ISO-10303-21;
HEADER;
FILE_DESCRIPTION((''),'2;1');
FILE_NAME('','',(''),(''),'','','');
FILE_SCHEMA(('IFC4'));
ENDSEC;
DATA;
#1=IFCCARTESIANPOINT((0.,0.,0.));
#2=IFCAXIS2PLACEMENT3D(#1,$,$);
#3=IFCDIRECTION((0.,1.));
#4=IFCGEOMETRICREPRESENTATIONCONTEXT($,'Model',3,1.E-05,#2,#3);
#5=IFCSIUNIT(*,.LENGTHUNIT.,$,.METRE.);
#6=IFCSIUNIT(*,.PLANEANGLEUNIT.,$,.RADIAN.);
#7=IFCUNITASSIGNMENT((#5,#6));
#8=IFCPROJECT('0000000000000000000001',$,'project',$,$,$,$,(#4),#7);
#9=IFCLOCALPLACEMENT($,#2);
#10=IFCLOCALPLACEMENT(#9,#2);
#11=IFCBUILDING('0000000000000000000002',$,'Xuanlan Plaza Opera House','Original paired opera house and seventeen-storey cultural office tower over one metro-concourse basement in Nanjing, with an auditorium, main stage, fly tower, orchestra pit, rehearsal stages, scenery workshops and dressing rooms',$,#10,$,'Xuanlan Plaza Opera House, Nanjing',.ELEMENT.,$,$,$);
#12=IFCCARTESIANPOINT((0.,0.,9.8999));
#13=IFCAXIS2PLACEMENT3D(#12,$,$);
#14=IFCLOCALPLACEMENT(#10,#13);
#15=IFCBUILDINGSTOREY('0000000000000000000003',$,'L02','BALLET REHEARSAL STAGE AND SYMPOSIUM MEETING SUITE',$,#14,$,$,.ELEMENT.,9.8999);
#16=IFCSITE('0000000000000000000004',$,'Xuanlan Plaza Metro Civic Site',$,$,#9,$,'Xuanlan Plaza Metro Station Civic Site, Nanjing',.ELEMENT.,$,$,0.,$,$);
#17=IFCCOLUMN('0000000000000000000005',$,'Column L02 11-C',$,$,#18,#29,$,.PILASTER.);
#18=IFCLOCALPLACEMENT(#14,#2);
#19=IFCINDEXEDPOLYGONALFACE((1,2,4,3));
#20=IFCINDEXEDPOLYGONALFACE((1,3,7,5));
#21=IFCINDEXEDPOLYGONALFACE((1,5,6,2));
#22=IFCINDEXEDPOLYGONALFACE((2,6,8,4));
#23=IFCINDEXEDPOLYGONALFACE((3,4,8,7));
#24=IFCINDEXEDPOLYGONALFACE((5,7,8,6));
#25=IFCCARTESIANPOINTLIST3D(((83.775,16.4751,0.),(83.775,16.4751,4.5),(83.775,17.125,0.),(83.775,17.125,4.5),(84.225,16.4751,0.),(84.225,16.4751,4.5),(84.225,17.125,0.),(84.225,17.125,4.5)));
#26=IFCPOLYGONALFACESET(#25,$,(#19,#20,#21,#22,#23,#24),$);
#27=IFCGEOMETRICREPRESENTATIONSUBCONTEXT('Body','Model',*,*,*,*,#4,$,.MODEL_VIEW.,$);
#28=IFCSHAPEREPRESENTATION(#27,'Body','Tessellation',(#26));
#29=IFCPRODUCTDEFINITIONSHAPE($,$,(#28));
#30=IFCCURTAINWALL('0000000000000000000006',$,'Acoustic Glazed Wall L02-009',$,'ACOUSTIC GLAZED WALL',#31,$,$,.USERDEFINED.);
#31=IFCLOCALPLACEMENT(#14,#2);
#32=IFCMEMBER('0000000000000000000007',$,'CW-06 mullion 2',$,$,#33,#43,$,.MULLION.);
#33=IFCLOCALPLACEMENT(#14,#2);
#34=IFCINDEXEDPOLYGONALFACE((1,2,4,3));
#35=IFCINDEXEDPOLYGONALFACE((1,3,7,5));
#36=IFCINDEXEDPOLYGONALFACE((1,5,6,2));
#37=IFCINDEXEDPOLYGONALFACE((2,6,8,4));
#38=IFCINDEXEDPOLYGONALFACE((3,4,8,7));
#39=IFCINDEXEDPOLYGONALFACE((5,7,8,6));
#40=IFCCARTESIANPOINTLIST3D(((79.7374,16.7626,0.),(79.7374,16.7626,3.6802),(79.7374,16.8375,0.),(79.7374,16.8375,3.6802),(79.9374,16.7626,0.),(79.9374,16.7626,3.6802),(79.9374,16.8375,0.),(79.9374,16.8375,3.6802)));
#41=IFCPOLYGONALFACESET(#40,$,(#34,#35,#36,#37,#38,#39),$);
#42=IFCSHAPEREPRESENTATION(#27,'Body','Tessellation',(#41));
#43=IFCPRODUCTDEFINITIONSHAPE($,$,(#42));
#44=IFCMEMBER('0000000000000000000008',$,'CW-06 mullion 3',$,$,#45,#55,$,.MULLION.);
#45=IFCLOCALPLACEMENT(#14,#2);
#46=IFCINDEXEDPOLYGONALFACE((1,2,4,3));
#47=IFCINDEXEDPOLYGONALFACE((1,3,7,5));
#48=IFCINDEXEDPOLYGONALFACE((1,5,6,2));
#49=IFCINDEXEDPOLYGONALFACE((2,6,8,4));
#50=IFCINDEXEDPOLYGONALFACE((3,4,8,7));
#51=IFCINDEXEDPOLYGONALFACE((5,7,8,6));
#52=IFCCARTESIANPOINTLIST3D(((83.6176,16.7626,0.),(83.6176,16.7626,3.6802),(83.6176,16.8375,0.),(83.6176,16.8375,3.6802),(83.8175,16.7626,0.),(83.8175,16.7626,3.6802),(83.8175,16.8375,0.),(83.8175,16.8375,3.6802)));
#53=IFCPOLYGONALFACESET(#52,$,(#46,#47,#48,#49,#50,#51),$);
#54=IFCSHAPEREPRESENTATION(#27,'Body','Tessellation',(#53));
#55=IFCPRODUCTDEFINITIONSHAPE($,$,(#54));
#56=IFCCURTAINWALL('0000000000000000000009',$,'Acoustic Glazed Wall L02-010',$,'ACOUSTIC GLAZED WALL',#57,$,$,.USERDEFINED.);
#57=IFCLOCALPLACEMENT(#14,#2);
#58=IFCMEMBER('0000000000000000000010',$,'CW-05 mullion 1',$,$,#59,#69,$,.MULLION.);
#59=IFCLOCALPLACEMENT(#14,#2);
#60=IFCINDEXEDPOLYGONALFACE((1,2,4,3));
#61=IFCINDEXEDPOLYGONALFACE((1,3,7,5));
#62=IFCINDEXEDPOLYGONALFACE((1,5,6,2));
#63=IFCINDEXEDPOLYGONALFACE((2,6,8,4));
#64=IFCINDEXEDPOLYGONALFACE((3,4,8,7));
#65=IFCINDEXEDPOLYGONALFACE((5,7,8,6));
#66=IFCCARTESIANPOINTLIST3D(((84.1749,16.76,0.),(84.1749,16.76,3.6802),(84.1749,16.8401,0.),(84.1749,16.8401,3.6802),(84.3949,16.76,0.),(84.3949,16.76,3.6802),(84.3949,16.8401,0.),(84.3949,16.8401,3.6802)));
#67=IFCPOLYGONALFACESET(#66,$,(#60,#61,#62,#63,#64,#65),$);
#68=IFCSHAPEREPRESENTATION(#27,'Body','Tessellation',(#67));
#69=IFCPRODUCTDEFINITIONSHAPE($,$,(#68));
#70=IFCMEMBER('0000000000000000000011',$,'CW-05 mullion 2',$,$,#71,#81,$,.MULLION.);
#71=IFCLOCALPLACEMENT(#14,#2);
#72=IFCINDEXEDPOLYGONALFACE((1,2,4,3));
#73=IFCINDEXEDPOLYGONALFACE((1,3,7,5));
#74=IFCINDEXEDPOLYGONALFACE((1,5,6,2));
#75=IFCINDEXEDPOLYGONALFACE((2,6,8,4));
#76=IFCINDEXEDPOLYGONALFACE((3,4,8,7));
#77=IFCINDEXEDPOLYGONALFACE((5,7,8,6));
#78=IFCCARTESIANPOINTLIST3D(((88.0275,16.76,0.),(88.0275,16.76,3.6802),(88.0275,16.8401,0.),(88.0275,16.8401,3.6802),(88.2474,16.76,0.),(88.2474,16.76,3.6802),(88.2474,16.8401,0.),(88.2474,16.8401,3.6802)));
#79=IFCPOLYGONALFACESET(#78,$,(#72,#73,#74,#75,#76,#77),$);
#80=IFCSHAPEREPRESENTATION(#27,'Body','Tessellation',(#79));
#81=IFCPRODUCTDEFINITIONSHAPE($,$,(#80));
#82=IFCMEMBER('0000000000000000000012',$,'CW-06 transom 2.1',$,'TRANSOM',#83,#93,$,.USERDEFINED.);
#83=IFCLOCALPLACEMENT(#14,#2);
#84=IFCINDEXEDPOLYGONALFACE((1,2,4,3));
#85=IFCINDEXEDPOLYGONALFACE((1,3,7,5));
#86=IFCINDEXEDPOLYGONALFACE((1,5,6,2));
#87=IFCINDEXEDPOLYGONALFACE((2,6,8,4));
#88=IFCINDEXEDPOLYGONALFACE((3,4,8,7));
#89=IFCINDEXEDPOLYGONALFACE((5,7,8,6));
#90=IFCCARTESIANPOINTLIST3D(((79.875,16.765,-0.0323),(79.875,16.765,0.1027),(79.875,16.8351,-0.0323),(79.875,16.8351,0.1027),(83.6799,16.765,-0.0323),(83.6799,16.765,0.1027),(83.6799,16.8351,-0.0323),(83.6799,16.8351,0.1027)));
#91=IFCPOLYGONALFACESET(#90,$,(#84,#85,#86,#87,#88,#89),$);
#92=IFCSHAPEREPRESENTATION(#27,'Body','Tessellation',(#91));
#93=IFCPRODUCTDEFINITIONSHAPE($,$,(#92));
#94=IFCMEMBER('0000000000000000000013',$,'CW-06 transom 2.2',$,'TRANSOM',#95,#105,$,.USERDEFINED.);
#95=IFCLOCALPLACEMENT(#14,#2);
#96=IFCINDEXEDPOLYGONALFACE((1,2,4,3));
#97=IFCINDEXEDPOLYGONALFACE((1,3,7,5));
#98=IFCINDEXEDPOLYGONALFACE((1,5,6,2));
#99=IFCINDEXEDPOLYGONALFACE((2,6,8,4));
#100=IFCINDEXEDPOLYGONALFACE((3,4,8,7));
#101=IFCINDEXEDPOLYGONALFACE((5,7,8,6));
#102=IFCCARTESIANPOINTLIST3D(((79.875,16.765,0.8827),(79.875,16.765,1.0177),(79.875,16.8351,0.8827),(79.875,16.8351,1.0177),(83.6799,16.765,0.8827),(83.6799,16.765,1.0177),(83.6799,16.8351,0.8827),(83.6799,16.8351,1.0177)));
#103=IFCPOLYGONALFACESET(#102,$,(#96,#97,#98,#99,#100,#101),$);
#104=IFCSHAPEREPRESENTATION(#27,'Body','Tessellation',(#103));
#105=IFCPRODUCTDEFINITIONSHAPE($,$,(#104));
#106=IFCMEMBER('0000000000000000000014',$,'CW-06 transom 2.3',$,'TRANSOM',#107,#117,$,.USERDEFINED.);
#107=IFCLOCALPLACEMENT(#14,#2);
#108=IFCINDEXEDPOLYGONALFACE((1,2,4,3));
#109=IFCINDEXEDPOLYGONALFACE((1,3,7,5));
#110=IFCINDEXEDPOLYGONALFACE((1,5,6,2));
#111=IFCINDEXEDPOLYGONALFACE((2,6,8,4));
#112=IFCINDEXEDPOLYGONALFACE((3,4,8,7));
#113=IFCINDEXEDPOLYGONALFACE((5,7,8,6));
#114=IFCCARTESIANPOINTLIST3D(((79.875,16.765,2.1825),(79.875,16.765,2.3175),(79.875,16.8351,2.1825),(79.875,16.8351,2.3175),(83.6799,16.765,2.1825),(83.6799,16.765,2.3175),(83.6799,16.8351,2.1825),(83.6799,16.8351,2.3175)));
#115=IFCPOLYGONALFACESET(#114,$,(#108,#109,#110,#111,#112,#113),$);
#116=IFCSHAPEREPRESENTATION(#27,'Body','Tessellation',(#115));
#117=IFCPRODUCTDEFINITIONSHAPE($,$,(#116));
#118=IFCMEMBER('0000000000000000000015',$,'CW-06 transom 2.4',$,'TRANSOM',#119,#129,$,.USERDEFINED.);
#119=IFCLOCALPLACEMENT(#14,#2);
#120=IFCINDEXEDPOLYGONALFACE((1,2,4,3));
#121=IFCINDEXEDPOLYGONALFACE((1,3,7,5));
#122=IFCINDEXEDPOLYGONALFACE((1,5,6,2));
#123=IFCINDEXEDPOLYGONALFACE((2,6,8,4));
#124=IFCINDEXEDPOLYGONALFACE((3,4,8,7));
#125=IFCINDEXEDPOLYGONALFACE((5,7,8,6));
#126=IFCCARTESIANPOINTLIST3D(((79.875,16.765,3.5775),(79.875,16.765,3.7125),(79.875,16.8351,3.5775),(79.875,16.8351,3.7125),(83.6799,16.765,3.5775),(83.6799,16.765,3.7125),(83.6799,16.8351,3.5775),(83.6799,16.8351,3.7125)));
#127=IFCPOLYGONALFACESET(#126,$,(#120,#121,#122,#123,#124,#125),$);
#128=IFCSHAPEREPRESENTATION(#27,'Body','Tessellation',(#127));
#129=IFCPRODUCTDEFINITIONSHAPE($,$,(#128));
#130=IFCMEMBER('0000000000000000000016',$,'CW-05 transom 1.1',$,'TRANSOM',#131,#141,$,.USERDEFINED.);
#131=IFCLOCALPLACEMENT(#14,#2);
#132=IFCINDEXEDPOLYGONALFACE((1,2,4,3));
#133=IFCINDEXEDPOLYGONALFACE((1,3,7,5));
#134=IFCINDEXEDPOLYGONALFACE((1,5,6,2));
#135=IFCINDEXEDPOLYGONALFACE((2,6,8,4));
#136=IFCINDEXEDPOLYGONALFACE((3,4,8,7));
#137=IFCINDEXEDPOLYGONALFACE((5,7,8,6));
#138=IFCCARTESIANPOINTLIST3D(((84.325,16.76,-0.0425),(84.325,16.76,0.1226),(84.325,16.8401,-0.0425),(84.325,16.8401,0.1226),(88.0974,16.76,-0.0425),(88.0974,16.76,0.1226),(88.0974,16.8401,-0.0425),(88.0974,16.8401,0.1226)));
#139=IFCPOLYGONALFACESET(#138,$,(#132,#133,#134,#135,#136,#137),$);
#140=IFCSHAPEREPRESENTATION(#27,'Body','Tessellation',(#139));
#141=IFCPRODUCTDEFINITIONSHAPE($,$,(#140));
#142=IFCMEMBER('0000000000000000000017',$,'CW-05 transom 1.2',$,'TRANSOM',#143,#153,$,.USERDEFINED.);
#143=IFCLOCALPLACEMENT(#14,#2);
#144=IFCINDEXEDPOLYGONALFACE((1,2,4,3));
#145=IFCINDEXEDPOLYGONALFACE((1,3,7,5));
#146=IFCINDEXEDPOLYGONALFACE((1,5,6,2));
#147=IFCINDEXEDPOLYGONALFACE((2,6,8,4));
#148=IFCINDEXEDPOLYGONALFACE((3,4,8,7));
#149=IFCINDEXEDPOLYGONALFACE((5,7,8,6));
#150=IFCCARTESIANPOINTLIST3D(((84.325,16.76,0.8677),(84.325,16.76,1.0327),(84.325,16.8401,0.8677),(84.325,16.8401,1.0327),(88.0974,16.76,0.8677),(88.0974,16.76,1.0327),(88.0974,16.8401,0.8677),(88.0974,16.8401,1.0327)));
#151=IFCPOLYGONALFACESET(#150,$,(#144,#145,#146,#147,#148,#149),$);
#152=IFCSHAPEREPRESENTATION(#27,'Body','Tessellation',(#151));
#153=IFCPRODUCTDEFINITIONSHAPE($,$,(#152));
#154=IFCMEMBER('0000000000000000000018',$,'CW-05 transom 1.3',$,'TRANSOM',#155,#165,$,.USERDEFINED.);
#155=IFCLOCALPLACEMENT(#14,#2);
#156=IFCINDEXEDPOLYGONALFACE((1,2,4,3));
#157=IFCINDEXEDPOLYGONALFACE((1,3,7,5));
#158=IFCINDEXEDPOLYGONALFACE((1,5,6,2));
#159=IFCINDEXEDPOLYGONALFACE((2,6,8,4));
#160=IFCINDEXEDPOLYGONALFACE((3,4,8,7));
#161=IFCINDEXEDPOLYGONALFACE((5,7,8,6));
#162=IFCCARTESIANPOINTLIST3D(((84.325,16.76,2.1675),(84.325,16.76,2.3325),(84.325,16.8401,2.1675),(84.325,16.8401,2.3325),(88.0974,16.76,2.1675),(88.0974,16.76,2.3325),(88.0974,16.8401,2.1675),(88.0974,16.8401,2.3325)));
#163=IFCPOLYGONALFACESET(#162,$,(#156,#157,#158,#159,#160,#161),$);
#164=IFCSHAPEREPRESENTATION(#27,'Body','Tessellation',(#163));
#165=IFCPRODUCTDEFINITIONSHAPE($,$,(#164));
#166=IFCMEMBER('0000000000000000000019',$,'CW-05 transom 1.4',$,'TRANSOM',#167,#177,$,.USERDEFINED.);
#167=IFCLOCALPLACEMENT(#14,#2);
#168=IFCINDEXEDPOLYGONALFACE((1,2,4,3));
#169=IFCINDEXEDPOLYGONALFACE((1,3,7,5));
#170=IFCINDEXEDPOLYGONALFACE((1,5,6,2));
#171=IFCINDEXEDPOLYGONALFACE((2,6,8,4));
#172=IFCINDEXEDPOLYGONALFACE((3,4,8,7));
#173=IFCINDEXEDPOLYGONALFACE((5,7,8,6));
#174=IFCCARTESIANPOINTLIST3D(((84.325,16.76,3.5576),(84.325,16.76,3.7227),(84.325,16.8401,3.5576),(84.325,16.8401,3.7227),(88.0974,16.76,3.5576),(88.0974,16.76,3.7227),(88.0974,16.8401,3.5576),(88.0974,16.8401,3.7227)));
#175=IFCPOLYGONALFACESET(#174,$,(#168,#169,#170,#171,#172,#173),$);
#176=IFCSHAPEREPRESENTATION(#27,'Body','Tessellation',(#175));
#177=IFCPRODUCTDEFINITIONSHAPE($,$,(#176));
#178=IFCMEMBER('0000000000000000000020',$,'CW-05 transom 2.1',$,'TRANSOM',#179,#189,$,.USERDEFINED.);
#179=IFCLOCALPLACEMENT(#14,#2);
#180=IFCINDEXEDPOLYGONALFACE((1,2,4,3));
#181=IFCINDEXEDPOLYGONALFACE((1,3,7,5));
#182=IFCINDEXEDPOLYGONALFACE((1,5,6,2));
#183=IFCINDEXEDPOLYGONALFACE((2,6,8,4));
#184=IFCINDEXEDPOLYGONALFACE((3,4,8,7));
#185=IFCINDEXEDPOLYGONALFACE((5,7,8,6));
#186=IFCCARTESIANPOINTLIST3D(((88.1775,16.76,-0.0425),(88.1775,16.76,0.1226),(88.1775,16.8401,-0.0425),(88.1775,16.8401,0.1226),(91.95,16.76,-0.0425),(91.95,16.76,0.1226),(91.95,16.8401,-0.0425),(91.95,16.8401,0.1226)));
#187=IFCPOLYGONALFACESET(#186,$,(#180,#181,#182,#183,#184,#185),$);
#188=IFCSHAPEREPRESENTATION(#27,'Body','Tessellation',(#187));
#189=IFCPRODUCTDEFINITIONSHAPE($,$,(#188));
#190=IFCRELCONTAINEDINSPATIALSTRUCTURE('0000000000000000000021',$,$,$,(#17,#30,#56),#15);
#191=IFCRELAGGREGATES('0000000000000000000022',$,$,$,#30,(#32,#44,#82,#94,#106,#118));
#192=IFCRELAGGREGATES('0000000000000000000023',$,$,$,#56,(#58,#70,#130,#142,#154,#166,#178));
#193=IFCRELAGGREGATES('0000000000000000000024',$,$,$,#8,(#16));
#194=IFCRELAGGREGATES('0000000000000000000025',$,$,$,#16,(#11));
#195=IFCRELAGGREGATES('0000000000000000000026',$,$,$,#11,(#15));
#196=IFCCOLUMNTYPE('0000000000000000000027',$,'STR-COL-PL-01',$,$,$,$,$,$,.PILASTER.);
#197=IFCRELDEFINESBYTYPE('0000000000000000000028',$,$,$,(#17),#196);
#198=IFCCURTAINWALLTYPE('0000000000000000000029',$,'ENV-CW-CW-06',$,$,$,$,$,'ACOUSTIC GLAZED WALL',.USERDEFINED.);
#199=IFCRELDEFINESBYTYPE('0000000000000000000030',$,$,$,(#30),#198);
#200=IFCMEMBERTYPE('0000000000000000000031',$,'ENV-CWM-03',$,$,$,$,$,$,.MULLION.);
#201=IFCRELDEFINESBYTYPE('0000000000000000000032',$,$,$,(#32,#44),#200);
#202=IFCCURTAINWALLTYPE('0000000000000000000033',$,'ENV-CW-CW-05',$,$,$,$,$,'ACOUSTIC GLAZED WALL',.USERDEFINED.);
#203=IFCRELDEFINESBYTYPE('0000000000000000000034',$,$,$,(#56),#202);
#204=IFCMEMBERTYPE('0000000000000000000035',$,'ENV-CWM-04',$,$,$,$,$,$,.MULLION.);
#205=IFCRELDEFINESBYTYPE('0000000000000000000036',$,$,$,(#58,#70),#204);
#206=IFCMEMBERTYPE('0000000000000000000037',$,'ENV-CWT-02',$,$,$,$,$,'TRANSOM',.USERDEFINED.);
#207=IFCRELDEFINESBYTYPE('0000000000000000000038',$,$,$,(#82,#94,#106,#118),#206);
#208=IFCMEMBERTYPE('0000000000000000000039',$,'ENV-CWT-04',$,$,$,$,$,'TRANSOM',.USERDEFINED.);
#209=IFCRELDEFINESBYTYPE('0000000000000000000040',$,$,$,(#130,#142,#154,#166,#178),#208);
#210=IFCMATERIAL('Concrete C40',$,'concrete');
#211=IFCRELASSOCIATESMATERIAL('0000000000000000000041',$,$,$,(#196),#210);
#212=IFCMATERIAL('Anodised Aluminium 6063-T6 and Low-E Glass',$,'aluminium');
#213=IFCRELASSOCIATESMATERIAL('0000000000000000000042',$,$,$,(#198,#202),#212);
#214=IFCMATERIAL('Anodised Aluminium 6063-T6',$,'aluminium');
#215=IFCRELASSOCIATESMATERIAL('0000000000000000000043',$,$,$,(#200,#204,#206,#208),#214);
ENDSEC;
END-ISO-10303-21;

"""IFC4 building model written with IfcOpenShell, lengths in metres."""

from ifc_helpers import new_model, si_unit, direction, frame, origin, origin_2d, place, context, subcontext, project, spatial, rectangle, extrude, material, material_profile, profile_set, type_object, element, aggregate, save


model = new_model("IFC4")

# Units and contexts
model_context = context("Model", 3, precision=1e-05, world=origin(), true_north=direction((0.0, 1.0)))
body_context = subcontext(model_context, "Body", "Model", "MODEL_VIEW")
ifc_project = project(units=[si_unit("LENGTHUNIT", "METRE"), si_unit("PLANEANGLEUNIT", "RADIAN")], contexts=[model_context])

# Site, building, storey
site_placement = place(None, origin())
site = spatial("IfcSite", under=ifc_project, at=site_placement, Name="Xuanlan Plaza Metro Civic Site", LongName="Xuanlan Plaza Metro Station Civic Site, Nanjing", CompositionType="ELEMENT", RefElevation=0.0)
building_placement = place(site_placement, origin())
building = spatial("IfcBuilding", under=site, at=building_placement, Name="Xuanlan Plaza Opera House", Description="Original paired opera house and seventeen-storey cultural office tower over one metro-concourse basement in Nanjing, with an auditorium, main stage, fly tower, orchestra pit, rehearsal stages, scenery workshops and dressing rooms", LongName="Xuanlan Plaza Opera House, Nanjing", CompositionType="ELEMENT")
storey_placement = place(building_placement, frame((0.0, 0.0, 9.8999)))
storey = spatial("IfcBuildingStorey", under=building, at=storey_placement, Name="L02", Description="BALLET REHEARSAL STAGE AND SYMPOSIUM MEETING SUITE", CompositionType="ELEMENT", Elevation=9.8999)

# Column
ifc_material_1 = material(Name="Concrete C40", Category="concrete")
ifc_material_profile_1 = material_profile(ifc_material_1, rectangle(XDim=0.45, YDim=0.6499, at=origin_2d()), Name="RC-PIL 450x650")
ifc_profile_set_1 = profile_set([ifc_material_profile_1], Name="Concrete C40")
column_type = type_object("IfcColumnType", Name="STR-COL-PL-01", PredefinedType="PILASTER", material=ifc_profile_set_1)
column_placement = place(storey_placement, frame((84.0, 16.8, 0.0), z_axis=(0.0, 0.0, 1.0), x_axis=(1.0, 0.0, 0.0)))
element("IfcColumn", 1, at=column_placement, inside=storey, type_object=column_type, Name="Column L02 11-C", PredefinedType="PILASTER", context=body_context, shape_type="SweptSolid", body=[
    extrude(rectangle(XDim=0.45, YDim=0.6499, at=origin_2d()), origin(), (0.0, 0.0, 1.0), 4.5),
])

# Curtain walls, members
ifc_material_2 = material(Name="Anodised Aluminium 6063-T6 and Low-E Glass", Category="aluminium")
curtain_wall_type_1 = type_object("IfcCurtainWallType", Name="ENV-CW-CW-06", ElementType="ACOUSTIC GLAZED WALL", PredefinedType="USERDEFINED", material=ifc_material_2)
curtain_wall_1_placement = place(storey_placement, origin())
curtain_wall_1 = element("IfcCurtainWall", 2, at=curtain_wall_1_placement, inside=storey, type_object=curtain_wall_type_1, Name="Acoustic Glazed Wall L02-009", ObjectType="ACOUSTIC GLAZED WALL", PredefinedType="USERDEFINED")
ifc_material_3 = material(Name="Anodised Aluminium 6063-T6", Category="aluminium")
ifc_material_profile_2 = material_profile(ifc_material_3, rectangle(XDim=0.075, YDim=0.2, at=origin_2d()), Name="ALU-M 75x200")
ifc_profile_set_2 = profile_set([ifc_material_profile_2], Name="Anodised Aluminium 6063-T6")
member_type_1 = type_object("IfcMemberType", Name="ENV-CWM-03", PredefinedType="MULLION", material=ifc_profile_set_2)
member_1_placement = place(storey_placement, frame((79.8374, 16.8, 0.0), z_axis=(0.0, 0.0, 1.0), x_axis=(0.0, 1.0, 0.0)))
member_1 = element("IfcMember", 3, at=member_1_placement, type_object=member_type_1, Name="CW-06 mullion 2", PredefinedType="MULLION", context=body_context, shape_type="SweptSolid", body=[
    extrude(rectangle(XDim=0.075, YDim=0.2, at=origin_2d()), origin(), (0.0, 0.0, 1.0), 3.6802),
])
member_2_placement = place(storey_placement, frame((83.7175, 16.8, 0.0), z_axis=(0.0, 0.0, 1.0), x_axis=(0.0, 1.0, 0.0)))
member_2 = element("IfcMember", 4, at=member_2_placement, type_object=member_type_1, Name="CW-06 mullion 3", PredefinedType="MULLION", context=body_context, shape_type="SweptSolid", body=[
    extrude(rectangle(XDim=0.075, YDim=0.2, at=origin_2d()), origin(), (0.0, 0.0, 1.0), 3.6802),
])
curtain_wall_type_2 = type_object("IfcCurtainWallType", Name="ENV-CW-CW-05", ElementType="ACOUSTIC GLAZED WALL", PredefinedType="USERDEFINED", material=ifc_material_2)
curtain_wall_2_placement = place(storey_placement, origin())
curtain_wall_2 = element("IfcCurtainWall", 5, at=curtain_wall_2_placement, inside=storey, type_object=curtain_wall_type_2, Name="Acoustic Glazed Wall L02-010", ObjectType="ACOUSTIC GLAZED WALL", PredefinedType="USERDEFINED")
ifc_material_profile_3 = material_profile(ifc_material_3, rectangle(XDim=0.0801, YDim=0.22, at=origin_2d()), Name="ALU-M 80x220")
ifc_profile_set_3 = profile_set([ifc_material_profile_3], Name="Anodised Aluminium 6063-T6")
member_type_2 = type_object("IfcMemberType", Name="ENV-CWM-04", PredefinedType="MULLION", material=ifc_profile_set_3)
member_3_placement = place(storey_placement, frame((84.2849, 16.8, 0.0), z_axis=(0.0, 0.0, 1.0), x_axis=(0.0, 1.0, 0.0)))
member_3 = element("IfcMember", 6, at=member_3_placement, type_object=member_type_2, Name="CW-05 mullion 1", PredefinedType="MULLION", context=body_context, shape_type="SweptSolid", body=[
    extrude(rectangle(XDim=0.0801, YDim=0.22, at=origin_2d()), origin(), (0.0, 0.0, 1.0), 3.6802),
])
member_4_placement = place(storey_placement, frame((88.1375, 16.8, 0.0), z_axis=(0.0, 0.0, 1.0), x_axis=(0.0, 1.0, 0.0)))
member_4 = element("IfcMember", 7, at=member_4_placement, type_object=member_type_2, Name="CW-05 mullion 2", PredefinedType="MULLION", context=body_context, shape_type="SweptSolid", body=[
    extrude(rectangle(XDim=0.0801, YDim=0.22, at=origin_2d()), origin(), (0.0, 0.0, 1.0), 3.6802),
])

# Members
ifc_material_profile_4 = material_profile(ifc_material_3, rectangle(XDim=0.0701, YDim=0.135, at=origin_2d()), Name="ALU-T 70x135")
ifc_profile_set_4 = profile_set([ifc_material_profile_4], Name="Anodised Aluminium 6063-T6")
member_type_3 = type_object("IfcMemberType", Name="ENV-CWT-02", ElementType="TRANSOM", PredefinedType="USERDEFINED", material=ifc_profile_set_4)
member_5_placement = place(storey_placement, frame((79.875, 16.8, 0.0352), z_axis=(1.0, 0.0, 0.0), x_axis=(0.0, 1.0, 0.0)))
member_5 = element("IfcMember", 8, at=member_5_placement, type_object=member_type_3, Name="CW-06 transom 2.1", ObjectType="TRANSOM", PredefinedType="USERDEFINED", context=body_context, shape_type="SweptSolid", body=[
    extrude(rectangle(XDim=0.0701, YDim=0.135, at=origin_2d()), origin(), (0.0, 0.0, 1.0), 3.8049),
])
member_6_placement = place(storey_placement, frame((79.875, 16.8, 0.9502), z_axis=(1.0, 0.0, 0.0), x_axis=(0.0, 1.0, 0.0)))
member_6 = element("IfcMember", 9, at=member_6_placement, type_object=member_type_3, Name="CW-06 transom 2.2", ObjectType="TRANSOM", PredefinedType="USERDEFINED", context=body_context, shape_type="SweptSolid", body=[
    extrude(rectangle(XDim=0.0701, YDim=0.135, at=origin_2d()), origin(), (0.0, 0.0, 1.0), 3.8049),
])
member_7_placement = place(storey_placement, frame((79.875, 16.8, 2.25), z_axis=(1.0, 0.0, 0.0), x_axis=(0.0, 1.0, 0.0)))
member_7 = element("IfcMember", 10, at=member_7_placement, type_object=member_type_3, Name="CW-06 transom 2.3", ObjectType="TRANSOM", PredefinedType="USERDEFINED", context=body_context, shape_type="SweptSolid", body=[
    extrude(rectangle(XDim=0.0701, YDim=0.135, at=origin_2d()), origin(), (0.0, 0.0, 1.0), 3.8049),
])
member_8_placement = place(storey_placement, frame((79.875, 16.8, 3.645), z_axis=(1.0, 0.0, 0.0), x_axis=(0.0, 1.0, 0.0)))
member_8 = element("IfcMember", 11, at=member_8_placement, type_object=member_type_3, Name="CW-06 transom 2.4", ObjectType="TRANSOM", PredefinedType="USERDEFINED", context=body_context, shape_type="SweptSolid", body=[
    extrude(rectangle(XDim=0.0701, YDim=0.135, at=origin_2d()), origin(), (0.0, 0.0, 1.0), 3.8049),
])
ifc_material_profile_5 = material_profile(ifc_material_3, rectangle(XDim=0.0801, YDim=0.165, at=origin_2d()), Name="ALU-T 80x165")
ifc_profile_set_5 = profile_set([ifc_material_profile_5], Name="Anodised Aluminium 6063-T6")
member_type_4 = type_object("IfcMemberType", Name="ENV-CWT-04", ElementType="TRANSOM", PredefinedType="USERDEFINED", material=ifc_profile_set_5)
member_9_placement = place(storey_placement, frame((84.325, 16.8, 0.04), z_axis=(1.0, 0.0, 0.0), x_axis=(0.0, 1.0, 0.0)))
member_9 = element("IfcMember", 12, at=member_9_placement, type_object=member_type_4, Name="CW-05 transom 1.1", ObjectType="TRANSOM", PredefinedType="USERDEFINED", context=body_context, shape_type="SweptSolid", body=[
    extrude(rectangle(XDim=0.0801, YDim=0.165, at=origin_2d()), origin(), (0.0, 0.0, 1.0), 3.7725),
])
member_10_placement = place(storey_placement, frame((84.325, 16.8, 0.9502), z_axis=(1.0, 0.0, 0.0), x_axis=(0.0, 1.0, 0.0)))
member_10 = element("IfcMember", 13, at=member_10_placement, type_object=member_type_4, Name="CW-05 transom 1.2", ObjectType="TRANSOM", PredefinedType="USERDEFINED", context=body_context, shape_type="SweptSolid", body=[
    extrude(rectangle(XDim=0.0801, YDim=0.165, at=origin_2d()), origin(), (0.0, 0.0, 1.0), 3.7725),
])
member_11_placement = place(storey_placement, frame((84.325, 16.8, 2.25), z_axis=(1.0, 0.0, 0.0), x_axis=(0.0, 1.0, 0.0)))
member_11 = element("IfcMember", 14, at=member_11_placement, type_object=member_type_4, Name="CW-05 transom 1.3", ObjectType="TRANSOM", PredefinedType="USERDEFINED", context=body_context, shape_type="SweptSolid", body=[
    extrude(rectangle(XDim=0.0801, YDim=0.165, at=origin_2d()), origin(), (0.0, 0.0, 1.0), 3.7725),
])
member_12_placement = place(storey_placement, frame((84.325, 16.8, 3.6401), z_axis=(1.0, 0.0, 0.0), x_axis=(0.0, 1.0, 0.0)))
member_12 = element("IfcMember", 15, at=member_12_placement, type_object=member_type_4, Name="CW-05 transom 1.4", ObjectType="TRANSOM", PredefinedType="USERDEFINED", context=body_context, shape_type="SweptSolid", body=[
    extrude(rectangle(XDim=0.0801, YDim=0.165, at=origin_2d()), origin(), (0.0, 0.0, 1.0), 3.7725),
])
member_13_placement = place(storey_placement, frame((88.1775, 16.8, 0.04), z_axis=(1.0, 0.0, 0.0), x_axis=(0.0, 1.0, 0.0)))
member_13 = element("IfcMember", 16, at=member_13_placement, type_object=member_type_4, Name="CW-05 transom 2.1", ObjectType="TRANSOM", PredefinedType="USERDEFINED", context=body_context, shape_type="SweptSolid", body=[
    extrude(rectangle(XDim=0.0801, YDim=0.165, at=origin_2d()), origin(), (0.0, 0.0, 1.0), 3.7725),
])

aggregate(curtain_wall_1, [member_1, member_2, member_5, member_6, member_7, member_8])
aggregate(curtain_wall_2, [member_3, member_4, member_9, member_10, member_11, member_12, member_13])

save(model, "model.ifc")
